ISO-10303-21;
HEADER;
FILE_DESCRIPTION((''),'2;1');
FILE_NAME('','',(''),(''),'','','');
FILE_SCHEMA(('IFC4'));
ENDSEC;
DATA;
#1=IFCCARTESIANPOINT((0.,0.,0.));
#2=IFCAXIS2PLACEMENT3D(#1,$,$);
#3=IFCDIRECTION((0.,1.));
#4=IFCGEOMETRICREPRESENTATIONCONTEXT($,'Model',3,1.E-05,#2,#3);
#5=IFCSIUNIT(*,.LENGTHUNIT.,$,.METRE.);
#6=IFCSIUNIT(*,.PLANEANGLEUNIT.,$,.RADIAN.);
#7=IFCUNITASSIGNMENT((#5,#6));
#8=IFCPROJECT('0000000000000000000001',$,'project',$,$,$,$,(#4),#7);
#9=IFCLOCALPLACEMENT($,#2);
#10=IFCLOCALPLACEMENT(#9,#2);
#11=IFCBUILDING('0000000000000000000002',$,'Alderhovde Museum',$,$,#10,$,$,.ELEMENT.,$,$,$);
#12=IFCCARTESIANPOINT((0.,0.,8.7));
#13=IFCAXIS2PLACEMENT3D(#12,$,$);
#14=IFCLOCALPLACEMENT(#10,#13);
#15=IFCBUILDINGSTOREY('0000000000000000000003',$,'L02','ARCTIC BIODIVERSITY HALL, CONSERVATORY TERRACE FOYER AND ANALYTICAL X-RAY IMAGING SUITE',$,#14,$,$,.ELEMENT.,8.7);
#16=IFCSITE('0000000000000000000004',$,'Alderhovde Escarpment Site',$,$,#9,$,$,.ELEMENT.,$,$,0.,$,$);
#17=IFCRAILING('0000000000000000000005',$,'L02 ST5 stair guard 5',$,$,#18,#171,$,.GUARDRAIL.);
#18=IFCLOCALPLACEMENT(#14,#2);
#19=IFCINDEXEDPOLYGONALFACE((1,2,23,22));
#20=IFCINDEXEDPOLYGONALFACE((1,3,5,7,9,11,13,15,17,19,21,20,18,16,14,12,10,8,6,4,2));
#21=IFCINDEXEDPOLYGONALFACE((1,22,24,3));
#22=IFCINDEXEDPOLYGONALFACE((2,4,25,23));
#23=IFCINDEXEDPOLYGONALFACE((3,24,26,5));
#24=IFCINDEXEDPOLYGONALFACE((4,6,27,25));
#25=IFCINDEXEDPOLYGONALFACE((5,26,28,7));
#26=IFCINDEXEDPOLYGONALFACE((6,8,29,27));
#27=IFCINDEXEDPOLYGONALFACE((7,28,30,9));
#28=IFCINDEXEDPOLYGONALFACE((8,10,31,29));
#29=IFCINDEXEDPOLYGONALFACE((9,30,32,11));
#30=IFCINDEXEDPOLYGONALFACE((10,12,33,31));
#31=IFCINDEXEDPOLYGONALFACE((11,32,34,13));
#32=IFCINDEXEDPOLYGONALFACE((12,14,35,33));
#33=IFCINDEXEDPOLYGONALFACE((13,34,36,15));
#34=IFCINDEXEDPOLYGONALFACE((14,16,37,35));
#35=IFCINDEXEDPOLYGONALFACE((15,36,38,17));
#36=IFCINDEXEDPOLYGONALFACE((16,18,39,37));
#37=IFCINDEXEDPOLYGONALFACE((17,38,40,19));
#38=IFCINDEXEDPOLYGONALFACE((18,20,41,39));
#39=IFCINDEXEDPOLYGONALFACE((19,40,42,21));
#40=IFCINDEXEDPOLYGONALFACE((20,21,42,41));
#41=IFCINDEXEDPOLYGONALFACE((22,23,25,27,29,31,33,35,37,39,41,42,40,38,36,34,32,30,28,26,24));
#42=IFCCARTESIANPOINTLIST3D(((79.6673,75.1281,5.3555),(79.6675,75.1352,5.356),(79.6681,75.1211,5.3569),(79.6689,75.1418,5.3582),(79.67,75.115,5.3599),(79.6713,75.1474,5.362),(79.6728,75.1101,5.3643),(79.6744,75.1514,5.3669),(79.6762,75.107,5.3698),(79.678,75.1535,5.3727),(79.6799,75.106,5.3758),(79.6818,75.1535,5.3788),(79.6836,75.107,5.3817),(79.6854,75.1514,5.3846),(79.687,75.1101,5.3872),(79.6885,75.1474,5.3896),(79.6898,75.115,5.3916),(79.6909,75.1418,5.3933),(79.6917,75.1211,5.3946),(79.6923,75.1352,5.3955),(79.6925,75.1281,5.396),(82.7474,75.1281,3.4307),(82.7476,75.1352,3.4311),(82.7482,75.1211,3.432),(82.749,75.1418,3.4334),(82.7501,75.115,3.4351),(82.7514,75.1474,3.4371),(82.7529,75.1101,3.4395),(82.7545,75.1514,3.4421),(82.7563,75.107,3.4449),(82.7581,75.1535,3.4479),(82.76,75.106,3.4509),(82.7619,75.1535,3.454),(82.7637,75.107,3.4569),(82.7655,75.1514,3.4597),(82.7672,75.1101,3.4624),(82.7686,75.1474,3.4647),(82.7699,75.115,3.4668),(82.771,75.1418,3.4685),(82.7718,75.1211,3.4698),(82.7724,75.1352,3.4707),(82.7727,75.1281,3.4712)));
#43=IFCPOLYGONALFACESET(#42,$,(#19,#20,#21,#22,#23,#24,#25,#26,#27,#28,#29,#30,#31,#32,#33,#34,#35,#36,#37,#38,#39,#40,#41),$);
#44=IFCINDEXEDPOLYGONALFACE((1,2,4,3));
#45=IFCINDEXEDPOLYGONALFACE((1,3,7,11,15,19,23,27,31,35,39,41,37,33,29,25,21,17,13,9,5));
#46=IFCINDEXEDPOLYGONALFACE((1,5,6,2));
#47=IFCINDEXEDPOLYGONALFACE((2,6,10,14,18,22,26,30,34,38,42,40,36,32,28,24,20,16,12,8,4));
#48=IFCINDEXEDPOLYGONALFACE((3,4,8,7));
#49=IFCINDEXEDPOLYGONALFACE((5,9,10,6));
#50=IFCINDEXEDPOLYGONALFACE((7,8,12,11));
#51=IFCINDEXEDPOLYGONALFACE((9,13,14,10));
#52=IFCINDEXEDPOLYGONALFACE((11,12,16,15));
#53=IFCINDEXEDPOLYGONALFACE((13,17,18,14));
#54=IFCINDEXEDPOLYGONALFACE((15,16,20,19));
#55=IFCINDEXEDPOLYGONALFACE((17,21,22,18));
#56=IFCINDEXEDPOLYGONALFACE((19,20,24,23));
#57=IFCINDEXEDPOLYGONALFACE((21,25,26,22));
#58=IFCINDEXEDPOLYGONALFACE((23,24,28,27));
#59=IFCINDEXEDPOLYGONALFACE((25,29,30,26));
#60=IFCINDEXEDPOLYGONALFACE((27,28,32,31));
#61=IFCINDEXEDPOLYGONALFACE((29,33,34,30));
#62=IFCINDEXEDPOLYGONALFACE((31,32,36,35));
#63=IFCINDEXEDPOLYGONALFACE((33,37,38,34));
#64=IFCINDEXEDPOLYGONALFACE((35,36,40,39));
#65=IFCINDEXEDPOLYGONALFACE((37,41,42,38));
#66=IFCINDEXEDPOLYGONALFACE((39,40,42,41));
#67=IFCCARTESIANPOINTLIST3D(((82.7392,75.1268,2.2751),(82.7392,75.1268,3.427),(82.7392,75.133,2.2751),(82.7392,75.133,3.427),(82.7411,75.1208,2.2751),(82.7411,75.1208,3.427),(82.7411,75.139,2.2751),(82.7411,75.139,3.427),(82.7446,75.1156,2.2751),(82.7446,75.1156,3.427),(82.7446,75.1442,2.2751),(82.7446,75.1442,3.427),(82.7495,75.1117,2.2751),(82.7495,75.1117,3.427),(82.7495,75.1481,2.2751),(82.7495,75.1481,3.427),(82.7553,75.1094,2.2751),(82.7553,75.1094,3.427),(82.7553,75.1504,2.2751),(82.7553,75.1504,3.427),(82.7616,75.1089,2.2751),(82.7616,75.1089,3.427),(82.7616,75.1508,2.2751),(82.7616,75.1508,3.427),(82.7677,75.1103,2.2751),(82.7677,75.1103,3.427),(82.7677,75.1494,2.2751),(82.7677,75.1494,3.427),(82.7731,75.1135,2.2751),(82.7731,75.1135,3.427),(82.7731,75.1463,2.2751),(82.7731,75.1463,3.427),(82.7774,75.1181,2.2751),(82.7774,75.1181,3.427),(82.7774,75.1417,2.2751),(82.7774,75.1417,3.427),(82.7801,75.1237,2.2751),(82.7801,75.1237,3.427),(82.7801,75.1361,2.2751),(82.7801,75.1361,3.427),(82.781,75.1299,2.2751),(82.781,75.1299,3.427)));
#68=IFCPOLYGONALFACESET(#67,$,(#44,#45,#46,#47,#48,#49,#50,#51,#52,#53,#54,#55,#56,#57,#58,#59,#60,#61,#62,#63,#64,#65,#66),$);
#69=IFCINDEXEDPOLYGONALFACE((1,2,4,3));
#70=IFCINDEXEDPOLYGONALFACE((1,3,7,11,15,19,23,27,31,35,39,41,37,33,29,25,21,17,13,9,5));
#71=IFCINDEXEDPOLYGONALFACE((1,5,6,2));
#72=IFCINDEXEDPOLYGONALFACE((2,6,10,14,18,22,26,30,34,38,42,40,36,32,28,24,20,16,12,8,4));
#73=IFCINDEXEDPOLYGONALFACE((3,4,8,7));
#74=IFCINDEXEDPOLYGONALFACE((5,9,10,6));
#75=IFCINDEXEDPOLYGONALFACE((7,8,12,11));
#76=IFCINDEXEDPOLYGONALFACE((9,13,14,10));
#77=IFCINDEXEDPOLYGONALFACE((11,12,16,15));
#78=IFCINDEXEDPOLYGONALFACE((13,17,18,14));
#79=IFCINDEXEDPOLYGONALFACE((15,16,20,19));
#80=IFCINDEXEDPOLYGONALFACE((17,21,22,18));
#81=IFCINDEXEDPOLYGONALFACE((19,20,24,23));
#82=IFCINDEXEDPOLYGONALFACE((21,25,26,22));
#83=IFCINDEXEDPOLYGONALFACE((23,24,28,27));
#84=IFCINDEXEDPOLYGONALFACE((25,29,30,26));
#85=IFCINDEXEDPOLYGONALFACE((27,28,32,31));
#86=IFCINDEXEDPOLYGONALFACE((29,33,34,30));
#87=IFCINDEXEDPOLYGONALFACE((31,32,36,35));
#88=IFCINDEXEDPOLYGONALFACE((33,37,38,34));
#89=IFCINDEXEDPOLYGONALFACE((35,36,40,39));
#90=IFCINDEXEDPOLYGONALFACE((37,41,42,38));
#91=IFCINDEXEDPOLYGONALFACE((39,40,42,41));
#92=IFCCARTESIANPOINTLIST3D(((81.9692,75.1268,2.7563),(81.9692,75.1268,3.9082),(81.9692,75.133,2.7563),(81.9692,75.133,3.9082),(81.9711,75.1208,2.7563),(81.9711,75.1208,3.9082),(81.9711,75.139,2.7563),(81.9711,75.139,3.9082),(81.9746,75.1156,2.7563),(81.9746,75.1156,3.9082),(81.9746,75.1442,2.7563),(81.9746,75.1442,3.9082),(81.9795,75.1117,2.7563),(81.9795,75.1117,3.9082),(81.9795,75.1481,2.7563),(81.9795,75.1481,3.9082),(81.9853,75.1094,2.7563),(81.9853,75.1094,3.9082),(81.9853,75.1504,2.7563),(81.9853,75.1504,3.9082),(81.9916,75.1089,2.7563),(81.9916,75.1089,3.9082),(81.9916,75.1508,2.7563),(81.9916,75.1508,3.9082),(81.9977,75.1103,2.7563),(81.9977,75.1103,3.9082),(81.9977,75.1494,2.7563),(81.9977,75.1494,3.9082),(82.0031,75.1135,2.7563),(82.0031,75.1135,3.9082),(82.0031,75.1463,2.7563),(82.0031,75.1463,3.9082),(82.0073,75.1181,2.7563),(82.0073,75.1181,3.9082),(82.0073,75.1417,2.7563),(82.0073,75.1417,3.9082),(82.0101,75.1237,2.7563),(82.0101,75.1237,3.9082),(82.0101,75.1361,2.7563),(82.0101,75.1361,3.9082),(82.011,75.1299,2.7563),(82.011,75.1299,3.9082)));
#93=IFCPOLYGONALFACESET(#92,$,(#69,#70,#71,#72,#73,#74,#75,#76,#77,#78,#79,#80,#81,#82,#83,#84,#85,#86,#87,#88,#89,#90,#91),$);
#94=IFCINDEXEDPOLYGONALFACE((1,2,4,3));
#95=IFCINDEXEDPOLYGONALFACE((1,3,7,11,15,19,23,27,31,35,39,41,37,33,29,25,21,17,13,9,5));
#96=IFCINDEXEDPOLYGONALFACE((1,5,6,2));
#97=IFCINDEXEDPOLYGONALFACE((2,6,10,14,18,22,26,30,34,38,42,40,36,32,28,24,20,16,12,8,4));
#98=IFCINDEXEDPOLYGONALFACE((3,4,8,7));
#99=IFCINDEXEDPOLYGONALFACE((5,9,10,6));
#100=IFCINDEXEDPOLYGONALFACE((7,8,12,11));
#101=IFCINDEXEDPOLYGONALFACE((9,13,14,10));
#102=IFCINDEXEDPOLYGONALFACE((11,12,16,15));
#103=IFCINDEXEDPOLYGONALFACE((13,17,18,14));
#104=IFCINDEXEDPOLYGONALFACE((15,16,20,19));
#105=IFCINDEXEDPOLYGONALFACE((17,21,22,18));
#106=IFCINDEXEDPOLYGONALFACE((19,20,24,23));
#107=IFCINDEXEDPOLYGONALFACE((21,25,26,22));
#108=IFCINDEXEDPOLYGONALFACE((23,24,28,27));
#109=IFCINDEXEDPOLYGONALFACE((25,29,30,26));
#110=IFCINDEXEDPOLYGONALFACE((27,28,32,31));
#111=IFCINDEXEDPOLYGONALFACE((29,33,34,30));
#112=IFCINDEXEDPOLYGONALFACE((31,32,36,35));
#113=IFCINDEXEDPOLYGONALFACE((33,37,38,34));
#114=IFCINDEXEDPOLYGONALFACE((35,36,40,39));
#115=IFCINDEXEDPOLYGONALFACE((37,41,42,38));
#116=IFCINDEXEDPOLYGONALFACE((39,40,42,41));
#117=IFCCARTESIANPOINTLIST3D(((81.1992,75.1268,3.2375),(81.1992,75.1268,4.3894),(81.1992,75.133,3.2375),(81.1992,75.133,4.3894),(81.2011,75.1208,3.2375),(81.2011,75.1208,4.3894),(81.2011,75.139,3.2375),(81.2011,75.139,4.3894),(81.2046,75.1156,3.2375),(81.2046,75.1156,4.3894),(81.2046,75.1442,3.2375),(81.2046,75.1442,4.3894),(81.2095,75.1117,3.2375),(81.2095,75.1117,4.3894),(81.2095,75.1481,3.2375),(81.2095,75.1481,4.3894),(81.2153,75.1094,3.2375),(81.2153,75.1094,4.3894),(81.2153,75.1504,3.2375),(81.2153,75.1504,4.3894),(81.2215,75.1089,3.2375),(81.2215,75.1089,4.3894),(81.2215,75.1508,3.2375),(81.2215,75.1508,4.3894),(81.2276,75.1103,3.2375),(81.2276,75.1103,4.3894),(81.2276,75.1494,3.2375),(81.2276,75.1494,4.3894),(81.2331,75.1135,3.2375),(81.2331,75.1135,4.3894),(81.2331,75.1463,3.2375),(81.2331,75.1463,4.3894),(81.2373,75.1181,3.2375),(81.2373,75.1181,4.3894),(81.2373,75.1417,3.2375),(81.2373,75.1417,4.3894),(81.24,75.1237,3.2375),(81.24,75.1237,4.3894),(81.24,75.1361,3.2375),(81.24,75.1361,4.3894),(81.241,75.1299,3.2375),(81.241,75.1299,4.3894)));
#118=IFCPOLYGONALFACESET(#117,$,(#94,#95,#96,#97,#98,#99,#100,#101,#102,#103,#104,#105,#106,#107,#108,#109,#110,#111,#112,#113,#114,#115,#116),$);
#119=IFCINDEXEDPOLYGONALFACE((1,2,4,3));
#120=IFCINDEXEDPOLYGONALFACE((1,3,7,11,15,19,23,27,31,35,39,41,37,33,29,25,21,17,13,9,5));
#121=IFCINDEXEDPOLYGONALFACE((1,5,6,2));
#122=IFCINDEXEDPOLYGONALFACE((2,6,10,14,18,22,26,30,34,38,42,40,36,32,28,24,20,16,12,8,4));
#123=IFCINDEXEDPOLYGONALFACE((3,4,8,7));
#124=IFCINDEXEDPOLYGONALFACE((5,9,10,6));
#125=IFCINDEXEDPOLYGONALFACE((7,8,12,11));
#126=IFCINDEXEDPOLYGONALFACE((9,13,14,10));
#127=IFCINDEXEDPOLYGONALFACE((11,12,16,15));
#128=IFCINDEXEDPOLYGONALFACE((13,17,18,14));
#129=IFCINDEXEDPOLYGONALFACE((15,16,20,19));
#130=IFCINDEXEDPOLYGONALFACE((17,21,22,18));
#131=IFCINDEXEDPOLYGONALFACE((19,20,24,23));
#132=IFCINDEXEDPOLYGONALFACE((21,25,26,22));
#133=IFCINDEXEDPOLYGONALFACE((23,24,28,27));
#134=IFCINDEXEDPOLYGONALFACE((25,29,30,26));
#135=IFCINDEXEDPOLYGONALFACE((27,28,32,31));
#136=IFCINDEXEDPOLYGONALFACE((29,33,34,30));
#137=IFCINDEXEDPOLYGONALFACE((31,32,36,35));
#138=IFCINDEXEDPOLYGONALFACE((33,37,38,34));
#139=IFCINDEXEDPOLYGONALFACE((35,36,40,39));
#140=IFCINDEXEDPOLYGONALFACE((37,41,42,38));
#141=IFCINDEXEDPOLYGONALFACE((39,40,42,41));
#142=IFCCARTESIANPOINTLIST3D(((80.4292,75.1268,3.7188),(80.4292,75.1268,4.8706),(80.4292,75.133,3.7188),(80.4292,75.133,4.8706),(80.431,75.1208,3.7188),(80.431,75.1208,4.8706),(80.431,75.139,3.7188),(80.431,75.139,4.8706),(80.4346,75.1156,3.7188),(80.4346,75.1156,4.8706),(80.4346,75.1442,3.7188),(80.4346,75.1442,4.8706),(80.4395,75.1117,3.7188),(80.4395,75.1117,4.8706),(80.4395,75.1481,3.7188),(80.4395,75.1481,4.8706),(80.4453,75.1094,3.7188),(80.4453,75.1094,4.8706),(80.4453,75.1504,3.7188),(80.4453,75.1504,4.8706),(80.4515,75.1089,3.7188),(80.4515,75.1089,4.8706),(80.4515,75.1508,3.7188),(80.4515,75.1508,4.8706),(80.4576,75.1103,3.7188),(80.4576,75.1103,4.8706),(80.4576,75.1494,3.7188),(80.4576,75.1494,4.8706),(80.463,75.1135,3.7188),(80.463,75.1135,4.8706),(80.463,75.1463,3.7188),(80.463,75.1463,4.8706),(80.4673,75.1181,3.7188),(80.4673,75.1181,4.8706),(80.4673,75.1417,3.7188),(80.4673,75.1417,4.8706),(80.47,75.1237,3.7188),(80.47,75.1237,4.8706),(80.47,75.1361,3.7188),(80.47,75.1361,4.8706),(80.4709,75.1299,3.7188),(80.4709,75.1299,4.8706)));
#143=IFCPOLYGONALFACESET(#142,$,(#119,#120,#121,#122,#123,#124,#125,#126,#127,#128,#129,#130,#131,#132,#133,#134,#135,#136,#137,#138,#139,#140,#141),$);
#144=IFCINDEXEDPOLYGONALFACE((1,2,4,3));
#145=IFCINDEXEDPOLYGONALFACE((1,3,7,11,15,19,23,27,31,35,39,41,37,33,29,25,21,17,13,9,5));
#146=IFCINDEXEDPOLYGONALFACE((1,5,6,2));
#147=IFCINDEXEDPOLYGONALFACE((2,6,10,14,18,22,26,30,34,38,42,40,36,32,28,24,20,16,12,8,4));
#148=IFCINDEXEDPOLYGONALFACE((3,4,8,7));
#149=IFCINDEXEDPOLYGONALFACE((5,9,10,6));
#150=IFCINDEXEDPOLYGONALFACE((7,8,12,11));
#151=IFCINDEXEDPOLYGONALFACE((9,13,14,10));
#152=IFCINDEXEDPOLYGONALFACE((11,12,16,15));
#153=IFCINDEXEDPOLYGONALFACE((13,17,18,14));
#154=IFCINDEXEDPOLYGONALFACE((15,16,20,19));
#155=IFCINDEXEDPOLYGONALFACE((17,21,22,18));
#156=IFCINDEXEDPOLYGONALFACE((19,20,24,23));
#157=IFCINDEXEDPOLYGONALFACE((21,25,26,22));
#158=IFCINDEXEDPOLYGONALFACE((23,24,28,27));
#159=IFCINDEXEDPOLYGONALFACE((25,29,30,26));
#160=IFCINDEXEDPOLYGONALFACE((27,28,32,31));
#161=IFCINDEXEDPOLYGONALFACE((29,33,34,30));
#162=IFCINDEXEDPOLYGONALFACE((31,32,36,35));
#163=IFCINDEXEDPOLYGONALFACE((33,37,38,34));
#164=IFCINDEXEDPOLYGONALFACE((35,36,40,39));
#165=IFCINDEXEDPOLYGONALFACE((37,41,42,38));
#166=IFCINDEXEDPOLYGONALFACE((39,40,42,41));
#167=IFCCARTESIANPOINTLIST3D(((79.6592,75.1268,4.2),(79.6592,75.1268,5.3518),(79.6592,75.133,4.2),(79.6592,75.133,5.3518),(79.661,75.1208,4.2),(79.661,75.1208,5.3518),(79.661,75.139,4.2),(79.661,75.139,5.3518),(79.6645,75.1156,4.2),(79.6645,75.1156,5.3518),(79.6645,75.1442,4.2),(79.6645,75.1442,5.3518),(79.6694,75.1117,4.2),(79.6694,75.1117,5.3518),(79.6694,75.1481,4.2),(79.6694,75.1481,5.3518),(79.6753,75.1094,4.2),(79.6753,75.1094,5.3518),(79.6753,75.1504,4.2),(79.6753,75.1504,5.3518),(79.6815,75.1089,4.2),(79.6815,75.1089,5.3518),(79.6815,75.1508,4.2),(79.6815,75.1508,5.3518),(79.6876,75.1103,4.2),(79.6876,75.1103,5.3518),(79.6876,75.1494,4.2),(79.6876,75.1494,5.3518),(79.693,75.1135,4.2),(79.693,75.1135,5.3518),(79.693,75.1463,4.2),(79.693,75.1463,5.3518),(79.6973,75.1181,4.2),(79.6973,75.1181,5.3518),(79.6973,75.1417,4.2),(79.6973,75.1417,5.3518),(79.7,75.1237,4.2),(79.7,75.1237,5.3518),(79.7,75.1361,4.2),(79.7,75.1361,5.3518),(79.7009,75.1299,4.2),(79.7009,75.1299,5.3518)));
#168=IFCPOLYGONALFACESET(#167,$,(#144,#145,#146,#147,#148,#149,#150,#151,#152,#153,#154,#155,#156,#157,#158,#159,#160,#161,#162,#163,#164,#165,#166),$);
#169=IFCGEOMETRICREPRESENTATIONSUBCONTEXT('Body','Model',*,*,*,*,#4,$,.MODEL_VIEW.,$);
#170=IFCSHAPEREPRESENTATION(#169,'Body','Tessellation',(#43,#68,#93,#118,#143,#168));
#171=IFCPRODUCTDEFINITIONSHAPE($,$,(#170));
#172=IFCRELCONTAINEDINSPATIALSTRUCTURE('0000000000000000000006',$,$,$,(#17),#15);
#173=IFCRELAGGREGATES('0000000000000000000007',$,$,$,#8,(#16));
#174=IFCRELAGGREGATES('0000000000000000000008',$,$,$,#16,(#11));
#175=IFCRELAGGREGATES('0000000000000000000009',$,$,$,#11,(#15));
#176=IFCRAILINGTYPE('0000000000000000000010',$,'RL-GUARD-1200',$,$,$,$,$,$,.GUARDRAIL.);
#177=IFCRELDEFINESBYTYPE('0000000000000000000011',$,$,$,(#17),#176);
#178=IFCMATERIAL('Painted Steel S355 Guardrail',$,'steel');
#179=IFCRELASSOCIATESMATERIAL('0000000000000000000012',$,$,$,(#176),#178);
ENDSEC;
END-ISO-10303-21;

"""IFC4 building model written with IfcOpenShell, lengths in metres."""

from ifc_helpers import new_model, si_unit, direction, frame, origin, origin_2d, place, context, subcontext, project, spatial, circle, extrude, material, type_object, element, save


model = new_model("IFC4")

# Units and contexts
model_context = context("Model", 3, precision=1e-05, world=origin(), true_north=direction((0.0, 1.0)))
body_context = subcontext(model_context, "Body", "Model", "MODEL_VIEW")
ifc_project = project(units=[si_unit("LENGTHUNIT", "METRE"), si_unit("PLANEANGLEUNIT", "RADIAN")], contexts=[model_context])

# Site, building, storey
site_placement = place(None, origin())
site = spatial("IfcSite", under=ifc_project, at=site_placement, Name="Alderhovde Escarpment Site", CompositionType="ELEMENT", RefElevation=0.0)
building_placement = place(site_placement, origin())
building = spatial("IfcBuilding", under=site, at=building_placement, Name="Alderhovde Museum", CompositionType="ELEMENT")
storey_placement = place(building_placement, frame((0.0, 0.0, 8.7)))
storey = spatial("IfcBuildingStorey", under=building, at=storey_placement, Name="L02", Description="ARCTIC BIODIVERSITY HALL, CONSERVATORY TERRACE FOYER AND ANALYTICAL X-RAY IMAGING SUITE", CompositionType="ELEMENT", Elevation=8.7)

# Railing
ifc_material_1 = material(Name="Painted Steel S355 Guardrail", Category="steel")
railing_type_1 = type_object("IfcRailingType", Name="RL-GUARD-1200", PredefinedType="GUARDRAIL", material=ifc_material_1)
railing_1_placement = place(storey_placement, frame((82.76, 75.1299, 2.2751)))
element("IfcRailing", 1, at=railing_1_placement, inside=storey, type_object=railing_type_1, Name="L02 ST5 stair guard 5", PredefinedType="GUARDRAIL", context=body_context, shape_type="SweptSolid", body=[
    extrude(circle(Radius=0.0239, at=origin_2d()), frame((0.0, 0.0, 1.1758), z_axis=(-0.848029, 0.0, 0.529951), x_axis=(0.0, -1.0, 0.0)), (0.0, 0.0, 1.0), 3.6321),
    extrude(circle(Radius=0.021, at=origin_2d()), origin(), (0.0, 0.0, 1.0), 1.1519),
    extrude(circle(Radius=0.021, at=origin_2d()), frame((-0.77, 0.0, 0.4812)), (0.0, 0.0, 1.0), 1.1519),
    extrude(circle(Radius=0.021, at=origin_2d()), frame((-1.54, 0.0, 0.9624)), (0.0, 0.0, 1.0), 1.1519),
    extrude(circle(Radius=0.021, at=origin_2d()), frame((-2.3101, 0.0, 1.4436)), (0.0, 0.0, 1.0), 1.1519),
    extrude(circle(Radius=0.021, at=origin_2d()), frame((-3.0801, 0.0, 1.9248)), (0.0, 0.0, 1.0), 1.1519),
])

save(model, "model.ifc")
